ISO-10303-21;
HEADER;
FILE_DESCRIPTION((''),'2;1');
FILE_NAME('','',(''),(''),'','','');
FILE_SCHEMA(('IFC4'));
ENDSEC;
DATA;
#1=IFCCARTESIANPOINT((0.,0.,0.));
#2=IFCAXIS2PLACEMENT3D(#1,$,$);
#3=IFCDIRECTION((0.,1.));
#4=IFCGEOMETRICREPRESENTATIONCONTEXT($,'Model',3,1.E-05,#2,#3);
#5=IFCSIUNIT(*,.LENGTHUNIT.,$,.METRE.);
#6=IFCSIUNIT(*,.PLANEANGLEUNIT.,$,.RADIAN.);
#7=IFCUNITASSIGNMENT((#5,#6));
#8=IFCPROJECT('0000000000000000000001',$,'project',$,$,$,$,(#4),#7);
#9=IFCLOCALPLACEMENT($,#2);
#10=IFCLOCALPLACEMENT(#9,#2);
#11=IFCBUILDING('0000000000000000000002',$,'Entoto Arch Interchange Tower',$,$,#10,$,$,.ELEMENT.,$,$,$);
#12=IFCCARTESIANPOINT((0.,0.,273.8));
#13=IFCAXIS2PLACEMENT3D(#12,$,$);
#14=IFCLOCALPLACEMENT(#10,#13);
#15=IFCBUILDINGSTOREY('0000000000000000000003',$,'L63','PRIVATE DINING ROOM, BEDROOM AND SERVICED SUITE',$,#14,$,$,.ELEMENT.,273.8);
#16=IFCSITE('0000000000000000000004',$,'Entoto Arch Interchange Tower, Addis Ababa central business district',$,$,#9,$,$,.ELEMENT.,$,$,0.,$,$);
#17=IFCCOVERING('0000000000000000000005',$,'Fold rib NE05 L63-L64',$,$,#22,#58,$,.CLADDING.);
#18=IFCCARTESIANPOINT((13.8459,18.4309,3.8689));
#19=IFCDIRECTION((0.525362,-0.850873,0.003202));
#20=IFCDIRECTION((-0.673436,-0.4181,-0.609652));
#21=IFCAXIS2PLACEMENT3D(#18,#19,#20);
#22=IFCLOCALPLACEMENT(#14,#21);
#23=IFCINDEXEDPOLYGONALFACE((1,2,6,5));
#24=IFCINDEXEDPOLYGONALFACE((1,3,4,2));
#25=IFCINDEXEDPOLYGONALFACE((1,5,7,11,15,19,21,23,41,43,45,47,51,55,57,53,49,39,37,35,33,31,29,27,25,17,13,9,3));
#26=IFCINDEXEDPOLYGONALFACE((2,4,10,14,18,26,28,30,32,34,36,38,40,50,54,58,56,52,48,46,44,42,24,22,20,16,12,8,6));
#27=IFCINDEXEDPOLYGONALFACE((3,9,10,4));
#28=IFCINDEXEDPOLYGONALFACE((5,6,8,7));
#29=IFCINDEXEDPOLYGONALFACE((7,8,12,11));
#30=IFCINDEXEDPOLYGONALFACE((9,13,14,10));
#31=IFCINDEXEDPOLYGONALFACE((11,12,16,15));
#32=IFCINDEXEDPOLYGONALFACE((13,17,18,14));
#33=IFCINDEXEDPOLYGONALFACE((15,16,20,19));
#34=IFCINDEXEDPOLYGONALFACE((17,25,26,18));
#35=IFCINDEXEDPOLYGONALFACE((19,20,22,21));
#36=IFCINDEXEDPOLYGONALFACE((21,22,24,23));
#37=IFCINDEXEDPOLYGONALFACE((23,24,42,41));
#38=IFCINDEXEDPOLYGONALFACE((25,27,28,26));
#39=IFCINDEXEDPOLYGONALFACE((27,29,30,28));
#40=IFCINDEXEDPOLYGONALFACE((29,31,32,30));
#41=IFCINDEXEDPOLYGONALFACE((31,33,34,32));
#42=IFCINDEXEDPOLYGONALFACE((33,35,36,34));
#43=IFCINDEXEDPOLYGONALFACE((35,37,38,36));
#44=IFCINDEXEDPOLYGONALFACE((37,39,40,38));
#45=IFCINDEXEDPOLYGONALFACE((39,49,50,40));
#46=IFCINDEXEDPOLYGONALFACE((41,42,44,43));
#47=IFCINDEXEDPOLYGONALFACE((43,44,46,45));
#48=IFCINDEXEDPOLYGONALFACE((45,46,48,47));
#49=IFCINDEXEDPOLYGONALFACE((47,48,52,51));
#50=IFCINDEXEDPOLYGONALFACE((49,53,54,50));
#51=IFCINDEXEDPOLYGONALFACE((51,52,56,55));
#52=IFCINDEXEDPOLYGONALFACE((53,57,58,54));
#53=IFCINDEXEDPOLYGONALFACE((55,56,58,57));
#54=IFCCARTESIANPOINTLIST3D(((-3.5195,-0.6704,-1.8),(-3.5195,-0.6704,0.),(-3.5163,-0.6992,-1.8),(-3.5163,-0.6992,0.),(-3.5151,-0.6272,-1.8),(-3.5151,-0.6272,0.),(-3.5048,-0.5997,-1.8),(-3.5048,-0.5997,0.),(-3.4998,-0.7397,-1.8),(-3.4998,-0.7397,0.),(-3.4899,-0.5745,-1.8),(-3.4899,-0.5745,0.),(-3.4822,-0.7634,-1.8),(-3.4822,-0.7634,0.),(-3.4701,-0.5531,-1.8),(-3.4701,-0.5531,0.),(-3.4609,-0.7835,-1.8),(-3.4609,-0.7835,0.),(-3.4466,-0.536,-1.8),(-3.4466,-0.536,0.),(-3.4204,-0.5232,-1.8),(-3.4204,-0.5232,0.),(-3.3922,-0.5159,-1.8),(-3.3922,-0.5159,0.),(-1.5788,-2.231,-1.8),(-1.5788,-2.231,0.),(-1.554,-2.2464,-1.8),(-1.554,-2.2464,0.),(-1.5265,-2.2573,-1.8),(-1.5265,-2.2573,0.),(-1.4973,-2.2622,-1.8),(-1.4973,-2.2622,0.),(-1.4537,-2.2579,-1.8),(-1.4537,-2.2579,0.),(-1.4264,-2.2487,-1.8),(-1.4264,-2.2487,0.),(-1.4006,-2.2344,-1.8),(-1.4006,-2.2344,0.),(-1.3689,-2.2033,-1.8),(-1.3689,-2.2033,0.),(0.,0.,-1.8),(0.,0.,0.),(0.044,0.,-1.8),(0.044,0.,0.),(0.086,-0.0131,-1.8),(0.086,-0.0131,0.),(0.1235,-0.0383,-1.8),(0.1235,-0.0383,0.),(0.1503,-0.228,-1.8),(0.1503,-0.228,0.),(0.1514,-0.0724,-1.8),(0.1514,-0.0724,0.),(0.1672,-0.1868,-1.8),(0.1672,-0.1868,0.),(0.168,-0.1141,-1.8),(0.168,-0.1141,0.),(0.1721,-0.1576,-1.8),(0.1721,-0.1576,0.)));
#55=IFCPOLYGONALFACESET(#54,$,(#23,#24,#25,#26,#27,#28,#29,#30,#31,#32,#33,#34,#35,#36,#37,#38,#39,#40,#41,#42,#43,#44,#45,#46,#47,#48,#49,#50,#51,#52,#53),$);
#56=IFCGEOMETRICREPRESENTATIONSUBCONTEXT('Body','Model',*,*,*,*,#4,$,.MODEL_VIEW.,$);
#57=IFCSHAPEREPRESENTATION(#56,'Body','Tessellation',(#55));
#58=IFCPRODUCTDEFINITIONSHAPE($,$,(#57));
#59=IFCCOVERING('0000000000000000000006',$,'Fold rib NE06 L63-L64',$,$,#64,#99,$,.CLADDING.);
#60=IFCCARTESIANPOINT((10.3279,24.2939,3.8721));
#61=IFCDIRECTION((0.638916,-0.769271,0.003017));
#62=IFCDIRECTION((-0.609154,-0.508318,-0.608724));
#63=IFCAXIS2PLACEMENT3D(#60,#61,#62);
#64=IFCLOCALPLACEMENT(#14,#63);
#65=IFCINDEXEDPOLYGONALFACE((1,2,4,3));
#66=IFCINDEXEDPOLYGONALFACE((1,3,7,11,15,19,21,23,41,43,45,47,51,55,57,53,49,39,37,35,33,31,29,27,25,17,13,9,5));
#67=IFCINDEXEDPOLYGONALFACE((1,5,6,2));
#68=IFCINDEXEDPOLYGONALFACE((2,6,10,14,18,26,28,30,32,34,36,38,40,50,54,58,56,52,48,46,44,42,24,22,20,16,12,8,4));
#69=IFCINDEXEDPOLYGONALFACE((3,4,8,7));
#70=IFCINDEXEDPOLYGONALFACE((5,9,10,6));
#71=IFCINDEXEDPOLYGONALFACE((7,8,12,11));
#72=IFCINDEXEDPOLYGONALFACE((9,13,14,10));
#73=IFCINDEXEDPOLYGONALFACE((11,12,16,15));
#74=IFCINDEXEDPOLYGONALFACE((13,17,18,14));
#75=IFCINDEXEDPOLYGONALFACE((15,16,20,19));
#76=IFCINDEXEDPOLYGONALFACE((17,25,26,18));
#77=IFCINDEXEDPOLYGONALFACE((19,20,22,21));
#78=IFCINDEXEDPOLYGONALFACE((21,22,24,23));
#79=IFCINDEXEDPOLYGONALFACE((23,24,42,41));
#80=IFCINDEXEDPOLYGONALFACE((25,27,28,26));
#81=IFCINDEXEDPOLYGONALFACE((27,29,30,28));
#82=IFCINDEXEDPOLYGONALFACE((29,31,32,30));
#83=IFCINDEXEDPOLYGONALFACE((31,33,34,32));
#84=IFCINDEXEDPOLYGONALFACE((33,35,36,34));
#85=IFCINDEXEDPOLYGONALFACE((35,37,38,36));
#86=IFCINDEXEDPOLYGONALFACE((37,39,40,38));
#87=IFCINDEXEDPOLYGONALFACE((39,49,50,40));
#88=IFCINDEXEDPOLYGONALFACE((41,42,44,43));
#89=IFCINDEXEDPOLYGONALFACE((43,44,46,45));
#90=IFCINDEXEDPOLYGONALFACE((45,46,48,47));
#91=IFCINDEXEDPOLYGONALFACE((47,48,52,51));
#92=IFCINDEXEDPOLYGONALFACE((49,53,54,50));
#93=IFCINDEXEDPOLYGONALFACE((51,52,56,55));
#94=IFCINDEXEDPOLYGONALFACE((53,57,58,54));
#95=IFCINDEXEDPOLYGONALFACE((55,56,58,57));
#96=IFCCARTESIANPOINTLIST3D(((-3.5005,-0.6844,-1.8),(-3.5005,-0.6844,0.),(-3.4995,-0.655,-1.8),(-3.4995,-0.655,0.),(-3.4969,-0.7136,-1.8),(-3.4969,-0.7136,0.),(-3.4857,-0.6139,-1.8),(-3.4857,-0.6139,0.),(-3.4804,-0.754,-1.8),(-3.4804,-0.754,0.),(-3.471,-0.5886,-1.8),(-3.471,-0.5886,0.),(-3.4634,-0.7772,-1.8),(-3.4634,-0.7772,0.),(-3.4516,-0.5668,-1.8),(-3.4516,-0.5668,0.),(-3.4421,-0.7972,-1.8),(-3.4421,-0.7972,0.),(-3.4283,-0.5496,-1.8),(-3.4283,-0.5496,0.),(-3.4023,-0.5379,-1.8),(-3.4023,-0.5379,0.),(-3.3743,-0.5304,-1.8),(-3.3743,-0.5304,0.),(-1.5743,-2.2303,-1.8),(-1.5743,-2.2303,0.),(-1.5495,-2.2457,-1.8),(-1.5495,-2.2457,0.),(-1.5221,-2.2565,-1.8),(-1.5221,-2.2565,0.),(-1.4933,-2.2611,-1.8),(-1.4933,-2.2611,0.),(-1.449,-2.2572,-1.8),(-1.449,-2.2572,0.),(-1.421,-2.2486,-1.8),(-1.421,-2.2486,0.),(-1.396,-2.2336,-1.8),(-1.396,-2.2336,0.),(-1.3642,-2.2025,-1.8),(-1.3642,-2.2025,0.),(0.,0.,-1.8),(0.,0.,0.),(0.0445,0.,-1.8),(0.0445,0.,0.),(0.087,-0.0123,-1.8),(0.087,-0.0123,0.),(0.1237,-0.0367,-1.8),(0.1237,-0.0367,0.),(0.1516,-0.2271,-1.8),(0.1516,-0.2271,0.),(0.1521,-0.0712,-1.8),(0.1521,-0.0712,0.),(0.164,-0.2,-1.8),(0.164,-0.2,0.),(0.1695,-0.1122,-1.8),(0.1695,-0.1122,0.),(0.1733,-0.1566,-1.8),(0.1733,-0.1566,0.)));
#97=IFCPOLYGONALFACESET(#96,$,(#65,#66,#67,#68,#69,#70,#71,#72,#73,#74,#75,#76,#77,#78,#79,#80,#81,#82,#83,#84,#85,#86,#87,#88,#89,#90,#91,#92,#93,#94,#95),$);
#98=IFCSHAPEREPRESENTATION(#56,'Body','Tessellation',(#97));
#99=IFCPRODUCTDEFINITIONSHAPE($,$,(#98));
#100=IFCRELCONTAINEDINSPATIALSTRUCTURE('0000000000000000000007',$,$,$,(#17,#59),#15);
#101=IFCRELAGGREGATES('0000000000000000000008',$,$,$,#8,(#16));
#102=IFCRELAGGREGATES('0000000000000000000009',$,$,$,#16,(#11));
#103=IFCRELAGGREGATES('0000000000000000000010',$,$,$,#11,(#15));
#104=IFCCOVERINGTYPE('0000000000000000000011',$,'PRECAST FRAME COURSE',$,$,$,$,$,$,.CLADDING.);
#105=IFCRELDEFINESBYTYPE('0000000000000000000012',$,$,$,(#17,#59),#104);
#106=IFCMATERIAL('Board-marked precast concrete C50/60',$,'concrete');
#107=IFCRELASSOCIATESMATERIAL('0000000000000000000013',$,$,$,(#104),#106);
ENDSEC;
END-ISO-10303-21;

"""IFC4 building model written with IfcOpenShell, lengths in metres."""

from ifc_helpers import new_model, si_unit, direction, frame, origin, place, context, subcontext, project, spatial, polyline, outline, extrude, material, type_object, element, save


model = new_model("IFC4")

# Units and contexts
model_context = context("Model", 3, precision=1e-05, world=origin(), true_north=direction((0.0, 1.0)))
body_context = subcontext(model_context, "Body", "Model", "MODEL_VIEW")
ifc_project = project(units=[si_unit("LENGTHUNIT", "METRE"), si_unit("PLANEANGLEUNIT", "RADIAN")], contexts=[model_context])

# Site, building, storey
site_placement = place(None, origin())
site = spatial("IfcSite", under=ifc_project, at=site_placement, Name="Entoto Arch Interchange Tower, Addis Ababa central business district", CompositionType="ELEMENT", RefElevation=0.0)
building_placement = place(site_placement, origin())
building = spatial("IfcBuilding", under=site, at=building_placement, Name="Entoto Arch Interchange Tower", CompositionType="ELEMENT")
storey_placement = place(building_placement, frame((0.0, 0.0, 273.8)))
storey = spatial("IfcBuildingStorey", under=building, at=storey_placement, Name="L63", Description="PRIVATE DINING ROOM, BEDROOM AND SERVICED SUITE", CompositionType="ELEMENT", Elevation=273.8)

# Shared definitions
ifc_material_1 = material(Name="Board-marked precast concrete C50/60", Category="concrete")

# Coverings
covering_type = type_object("IfcCoveringType", Name="PRECAST FRAME COURSE", PredefinedType="CLADDING", material=ifc_material_1)
covering_1_placement = place(storey_placement, frame((13.8459, 18.4309, 3.8689), z_axis=(0.525362, -0.850873, 0.003202), x_axis=(-0.673436, -0.4181, -0.609652)))
element("IfcCovering", 1, at=covering_1_placement, inside=storey, type_object=covering_type, Name="Fold rib NE05 L63-L64", PredefinedType="CLADDING", context=body_context, shape_type="SweptSolid", body=[
    extrude(outline(polyline([(0.0, 0.0), (0.044, 0.0), (0.086, -0.0131), (0.1235, -0.0383), (0.1514, -0.0724), (0.168, -0.1141), (0.1721, -0.1576), (0.1672, -0.1868), (0.1503, -0.228), (-1.3689, -2.2033), (-1.4006, -2.2344), (-1.4264, -2.2487), (-1.4537, -2.2579), (-1.4973, -2.2622), (-1.5265, -2.2573), (-1.554, -2.2464), (-1.5788, -2.231), (-3.4609, -0.7835), (-3.4822, -0.7634), (-3.4998, -0.7397), (-3.5163, -0.6992), (-3.5195, -0.6704), (-3.5151, -0.6272), (-3.5048, -0.5997), (-3.4899, -0.5745), (-3.4701, -0.5531), (-3.4466, -0.536), (-3.4204, -0.5232), (-3.3922, -0.5159), (0.0, 0.0)])), origin(), (0.0, 0.0, -1.0), 1.8),
])
covering_2_placement = place(storey_placement, frame((10.3279, 24.2939, 3.8721), z_axis=(0.638916, -0.769271, 0.003017), x_axis=(-0.609154, -0.508318, -0.608724)))
element("IfcCovering", 2, at=covering_2_placement, inside=storey, type_object=covering_type, Name="Fold rib NE06 L63-L64", PredefinedType="CLADDING", context=body_context, shape_type="SweptSolid", body=[
    extrude(outline(polyline([(0.0, 0.0), (0.0445, 0.0), (0.087, -0.0123), (0.1237, -0.0367), (0.1521, -0.0712), (0.1695, -0.1122), (0.1733, -0.1566), (0.164, -0.2), (0.1516, -0.2271), (-1.3642, -2.2025), (-1.396, -2.2336), (-1.421, -2.2486), (-1.449, -2.2572), (-1.4933, -2.2611), (-1.5221, -2.2565), (-1.5495, -2.2457), (-1.5743, -2.2303), (-3.4421, -0.7972), (-3.4634, -0.7772), (-3.4804, -0.754), (-3.4969, -0.7136), (-3.5005, -0.6844), (-3.4995, -0.655), (-3.4857, -0.6139), (-3.471, -0.5886), (-3.4516, -0.5668), (-3.4283, -0.5496), (-3.4023, -0.5379), (-3.3743, -0.5304), (0.0, 0.0)])), origin(), (0.0, 0.0, -1.0), 1.8),
])

save(model, "model.ifc")
